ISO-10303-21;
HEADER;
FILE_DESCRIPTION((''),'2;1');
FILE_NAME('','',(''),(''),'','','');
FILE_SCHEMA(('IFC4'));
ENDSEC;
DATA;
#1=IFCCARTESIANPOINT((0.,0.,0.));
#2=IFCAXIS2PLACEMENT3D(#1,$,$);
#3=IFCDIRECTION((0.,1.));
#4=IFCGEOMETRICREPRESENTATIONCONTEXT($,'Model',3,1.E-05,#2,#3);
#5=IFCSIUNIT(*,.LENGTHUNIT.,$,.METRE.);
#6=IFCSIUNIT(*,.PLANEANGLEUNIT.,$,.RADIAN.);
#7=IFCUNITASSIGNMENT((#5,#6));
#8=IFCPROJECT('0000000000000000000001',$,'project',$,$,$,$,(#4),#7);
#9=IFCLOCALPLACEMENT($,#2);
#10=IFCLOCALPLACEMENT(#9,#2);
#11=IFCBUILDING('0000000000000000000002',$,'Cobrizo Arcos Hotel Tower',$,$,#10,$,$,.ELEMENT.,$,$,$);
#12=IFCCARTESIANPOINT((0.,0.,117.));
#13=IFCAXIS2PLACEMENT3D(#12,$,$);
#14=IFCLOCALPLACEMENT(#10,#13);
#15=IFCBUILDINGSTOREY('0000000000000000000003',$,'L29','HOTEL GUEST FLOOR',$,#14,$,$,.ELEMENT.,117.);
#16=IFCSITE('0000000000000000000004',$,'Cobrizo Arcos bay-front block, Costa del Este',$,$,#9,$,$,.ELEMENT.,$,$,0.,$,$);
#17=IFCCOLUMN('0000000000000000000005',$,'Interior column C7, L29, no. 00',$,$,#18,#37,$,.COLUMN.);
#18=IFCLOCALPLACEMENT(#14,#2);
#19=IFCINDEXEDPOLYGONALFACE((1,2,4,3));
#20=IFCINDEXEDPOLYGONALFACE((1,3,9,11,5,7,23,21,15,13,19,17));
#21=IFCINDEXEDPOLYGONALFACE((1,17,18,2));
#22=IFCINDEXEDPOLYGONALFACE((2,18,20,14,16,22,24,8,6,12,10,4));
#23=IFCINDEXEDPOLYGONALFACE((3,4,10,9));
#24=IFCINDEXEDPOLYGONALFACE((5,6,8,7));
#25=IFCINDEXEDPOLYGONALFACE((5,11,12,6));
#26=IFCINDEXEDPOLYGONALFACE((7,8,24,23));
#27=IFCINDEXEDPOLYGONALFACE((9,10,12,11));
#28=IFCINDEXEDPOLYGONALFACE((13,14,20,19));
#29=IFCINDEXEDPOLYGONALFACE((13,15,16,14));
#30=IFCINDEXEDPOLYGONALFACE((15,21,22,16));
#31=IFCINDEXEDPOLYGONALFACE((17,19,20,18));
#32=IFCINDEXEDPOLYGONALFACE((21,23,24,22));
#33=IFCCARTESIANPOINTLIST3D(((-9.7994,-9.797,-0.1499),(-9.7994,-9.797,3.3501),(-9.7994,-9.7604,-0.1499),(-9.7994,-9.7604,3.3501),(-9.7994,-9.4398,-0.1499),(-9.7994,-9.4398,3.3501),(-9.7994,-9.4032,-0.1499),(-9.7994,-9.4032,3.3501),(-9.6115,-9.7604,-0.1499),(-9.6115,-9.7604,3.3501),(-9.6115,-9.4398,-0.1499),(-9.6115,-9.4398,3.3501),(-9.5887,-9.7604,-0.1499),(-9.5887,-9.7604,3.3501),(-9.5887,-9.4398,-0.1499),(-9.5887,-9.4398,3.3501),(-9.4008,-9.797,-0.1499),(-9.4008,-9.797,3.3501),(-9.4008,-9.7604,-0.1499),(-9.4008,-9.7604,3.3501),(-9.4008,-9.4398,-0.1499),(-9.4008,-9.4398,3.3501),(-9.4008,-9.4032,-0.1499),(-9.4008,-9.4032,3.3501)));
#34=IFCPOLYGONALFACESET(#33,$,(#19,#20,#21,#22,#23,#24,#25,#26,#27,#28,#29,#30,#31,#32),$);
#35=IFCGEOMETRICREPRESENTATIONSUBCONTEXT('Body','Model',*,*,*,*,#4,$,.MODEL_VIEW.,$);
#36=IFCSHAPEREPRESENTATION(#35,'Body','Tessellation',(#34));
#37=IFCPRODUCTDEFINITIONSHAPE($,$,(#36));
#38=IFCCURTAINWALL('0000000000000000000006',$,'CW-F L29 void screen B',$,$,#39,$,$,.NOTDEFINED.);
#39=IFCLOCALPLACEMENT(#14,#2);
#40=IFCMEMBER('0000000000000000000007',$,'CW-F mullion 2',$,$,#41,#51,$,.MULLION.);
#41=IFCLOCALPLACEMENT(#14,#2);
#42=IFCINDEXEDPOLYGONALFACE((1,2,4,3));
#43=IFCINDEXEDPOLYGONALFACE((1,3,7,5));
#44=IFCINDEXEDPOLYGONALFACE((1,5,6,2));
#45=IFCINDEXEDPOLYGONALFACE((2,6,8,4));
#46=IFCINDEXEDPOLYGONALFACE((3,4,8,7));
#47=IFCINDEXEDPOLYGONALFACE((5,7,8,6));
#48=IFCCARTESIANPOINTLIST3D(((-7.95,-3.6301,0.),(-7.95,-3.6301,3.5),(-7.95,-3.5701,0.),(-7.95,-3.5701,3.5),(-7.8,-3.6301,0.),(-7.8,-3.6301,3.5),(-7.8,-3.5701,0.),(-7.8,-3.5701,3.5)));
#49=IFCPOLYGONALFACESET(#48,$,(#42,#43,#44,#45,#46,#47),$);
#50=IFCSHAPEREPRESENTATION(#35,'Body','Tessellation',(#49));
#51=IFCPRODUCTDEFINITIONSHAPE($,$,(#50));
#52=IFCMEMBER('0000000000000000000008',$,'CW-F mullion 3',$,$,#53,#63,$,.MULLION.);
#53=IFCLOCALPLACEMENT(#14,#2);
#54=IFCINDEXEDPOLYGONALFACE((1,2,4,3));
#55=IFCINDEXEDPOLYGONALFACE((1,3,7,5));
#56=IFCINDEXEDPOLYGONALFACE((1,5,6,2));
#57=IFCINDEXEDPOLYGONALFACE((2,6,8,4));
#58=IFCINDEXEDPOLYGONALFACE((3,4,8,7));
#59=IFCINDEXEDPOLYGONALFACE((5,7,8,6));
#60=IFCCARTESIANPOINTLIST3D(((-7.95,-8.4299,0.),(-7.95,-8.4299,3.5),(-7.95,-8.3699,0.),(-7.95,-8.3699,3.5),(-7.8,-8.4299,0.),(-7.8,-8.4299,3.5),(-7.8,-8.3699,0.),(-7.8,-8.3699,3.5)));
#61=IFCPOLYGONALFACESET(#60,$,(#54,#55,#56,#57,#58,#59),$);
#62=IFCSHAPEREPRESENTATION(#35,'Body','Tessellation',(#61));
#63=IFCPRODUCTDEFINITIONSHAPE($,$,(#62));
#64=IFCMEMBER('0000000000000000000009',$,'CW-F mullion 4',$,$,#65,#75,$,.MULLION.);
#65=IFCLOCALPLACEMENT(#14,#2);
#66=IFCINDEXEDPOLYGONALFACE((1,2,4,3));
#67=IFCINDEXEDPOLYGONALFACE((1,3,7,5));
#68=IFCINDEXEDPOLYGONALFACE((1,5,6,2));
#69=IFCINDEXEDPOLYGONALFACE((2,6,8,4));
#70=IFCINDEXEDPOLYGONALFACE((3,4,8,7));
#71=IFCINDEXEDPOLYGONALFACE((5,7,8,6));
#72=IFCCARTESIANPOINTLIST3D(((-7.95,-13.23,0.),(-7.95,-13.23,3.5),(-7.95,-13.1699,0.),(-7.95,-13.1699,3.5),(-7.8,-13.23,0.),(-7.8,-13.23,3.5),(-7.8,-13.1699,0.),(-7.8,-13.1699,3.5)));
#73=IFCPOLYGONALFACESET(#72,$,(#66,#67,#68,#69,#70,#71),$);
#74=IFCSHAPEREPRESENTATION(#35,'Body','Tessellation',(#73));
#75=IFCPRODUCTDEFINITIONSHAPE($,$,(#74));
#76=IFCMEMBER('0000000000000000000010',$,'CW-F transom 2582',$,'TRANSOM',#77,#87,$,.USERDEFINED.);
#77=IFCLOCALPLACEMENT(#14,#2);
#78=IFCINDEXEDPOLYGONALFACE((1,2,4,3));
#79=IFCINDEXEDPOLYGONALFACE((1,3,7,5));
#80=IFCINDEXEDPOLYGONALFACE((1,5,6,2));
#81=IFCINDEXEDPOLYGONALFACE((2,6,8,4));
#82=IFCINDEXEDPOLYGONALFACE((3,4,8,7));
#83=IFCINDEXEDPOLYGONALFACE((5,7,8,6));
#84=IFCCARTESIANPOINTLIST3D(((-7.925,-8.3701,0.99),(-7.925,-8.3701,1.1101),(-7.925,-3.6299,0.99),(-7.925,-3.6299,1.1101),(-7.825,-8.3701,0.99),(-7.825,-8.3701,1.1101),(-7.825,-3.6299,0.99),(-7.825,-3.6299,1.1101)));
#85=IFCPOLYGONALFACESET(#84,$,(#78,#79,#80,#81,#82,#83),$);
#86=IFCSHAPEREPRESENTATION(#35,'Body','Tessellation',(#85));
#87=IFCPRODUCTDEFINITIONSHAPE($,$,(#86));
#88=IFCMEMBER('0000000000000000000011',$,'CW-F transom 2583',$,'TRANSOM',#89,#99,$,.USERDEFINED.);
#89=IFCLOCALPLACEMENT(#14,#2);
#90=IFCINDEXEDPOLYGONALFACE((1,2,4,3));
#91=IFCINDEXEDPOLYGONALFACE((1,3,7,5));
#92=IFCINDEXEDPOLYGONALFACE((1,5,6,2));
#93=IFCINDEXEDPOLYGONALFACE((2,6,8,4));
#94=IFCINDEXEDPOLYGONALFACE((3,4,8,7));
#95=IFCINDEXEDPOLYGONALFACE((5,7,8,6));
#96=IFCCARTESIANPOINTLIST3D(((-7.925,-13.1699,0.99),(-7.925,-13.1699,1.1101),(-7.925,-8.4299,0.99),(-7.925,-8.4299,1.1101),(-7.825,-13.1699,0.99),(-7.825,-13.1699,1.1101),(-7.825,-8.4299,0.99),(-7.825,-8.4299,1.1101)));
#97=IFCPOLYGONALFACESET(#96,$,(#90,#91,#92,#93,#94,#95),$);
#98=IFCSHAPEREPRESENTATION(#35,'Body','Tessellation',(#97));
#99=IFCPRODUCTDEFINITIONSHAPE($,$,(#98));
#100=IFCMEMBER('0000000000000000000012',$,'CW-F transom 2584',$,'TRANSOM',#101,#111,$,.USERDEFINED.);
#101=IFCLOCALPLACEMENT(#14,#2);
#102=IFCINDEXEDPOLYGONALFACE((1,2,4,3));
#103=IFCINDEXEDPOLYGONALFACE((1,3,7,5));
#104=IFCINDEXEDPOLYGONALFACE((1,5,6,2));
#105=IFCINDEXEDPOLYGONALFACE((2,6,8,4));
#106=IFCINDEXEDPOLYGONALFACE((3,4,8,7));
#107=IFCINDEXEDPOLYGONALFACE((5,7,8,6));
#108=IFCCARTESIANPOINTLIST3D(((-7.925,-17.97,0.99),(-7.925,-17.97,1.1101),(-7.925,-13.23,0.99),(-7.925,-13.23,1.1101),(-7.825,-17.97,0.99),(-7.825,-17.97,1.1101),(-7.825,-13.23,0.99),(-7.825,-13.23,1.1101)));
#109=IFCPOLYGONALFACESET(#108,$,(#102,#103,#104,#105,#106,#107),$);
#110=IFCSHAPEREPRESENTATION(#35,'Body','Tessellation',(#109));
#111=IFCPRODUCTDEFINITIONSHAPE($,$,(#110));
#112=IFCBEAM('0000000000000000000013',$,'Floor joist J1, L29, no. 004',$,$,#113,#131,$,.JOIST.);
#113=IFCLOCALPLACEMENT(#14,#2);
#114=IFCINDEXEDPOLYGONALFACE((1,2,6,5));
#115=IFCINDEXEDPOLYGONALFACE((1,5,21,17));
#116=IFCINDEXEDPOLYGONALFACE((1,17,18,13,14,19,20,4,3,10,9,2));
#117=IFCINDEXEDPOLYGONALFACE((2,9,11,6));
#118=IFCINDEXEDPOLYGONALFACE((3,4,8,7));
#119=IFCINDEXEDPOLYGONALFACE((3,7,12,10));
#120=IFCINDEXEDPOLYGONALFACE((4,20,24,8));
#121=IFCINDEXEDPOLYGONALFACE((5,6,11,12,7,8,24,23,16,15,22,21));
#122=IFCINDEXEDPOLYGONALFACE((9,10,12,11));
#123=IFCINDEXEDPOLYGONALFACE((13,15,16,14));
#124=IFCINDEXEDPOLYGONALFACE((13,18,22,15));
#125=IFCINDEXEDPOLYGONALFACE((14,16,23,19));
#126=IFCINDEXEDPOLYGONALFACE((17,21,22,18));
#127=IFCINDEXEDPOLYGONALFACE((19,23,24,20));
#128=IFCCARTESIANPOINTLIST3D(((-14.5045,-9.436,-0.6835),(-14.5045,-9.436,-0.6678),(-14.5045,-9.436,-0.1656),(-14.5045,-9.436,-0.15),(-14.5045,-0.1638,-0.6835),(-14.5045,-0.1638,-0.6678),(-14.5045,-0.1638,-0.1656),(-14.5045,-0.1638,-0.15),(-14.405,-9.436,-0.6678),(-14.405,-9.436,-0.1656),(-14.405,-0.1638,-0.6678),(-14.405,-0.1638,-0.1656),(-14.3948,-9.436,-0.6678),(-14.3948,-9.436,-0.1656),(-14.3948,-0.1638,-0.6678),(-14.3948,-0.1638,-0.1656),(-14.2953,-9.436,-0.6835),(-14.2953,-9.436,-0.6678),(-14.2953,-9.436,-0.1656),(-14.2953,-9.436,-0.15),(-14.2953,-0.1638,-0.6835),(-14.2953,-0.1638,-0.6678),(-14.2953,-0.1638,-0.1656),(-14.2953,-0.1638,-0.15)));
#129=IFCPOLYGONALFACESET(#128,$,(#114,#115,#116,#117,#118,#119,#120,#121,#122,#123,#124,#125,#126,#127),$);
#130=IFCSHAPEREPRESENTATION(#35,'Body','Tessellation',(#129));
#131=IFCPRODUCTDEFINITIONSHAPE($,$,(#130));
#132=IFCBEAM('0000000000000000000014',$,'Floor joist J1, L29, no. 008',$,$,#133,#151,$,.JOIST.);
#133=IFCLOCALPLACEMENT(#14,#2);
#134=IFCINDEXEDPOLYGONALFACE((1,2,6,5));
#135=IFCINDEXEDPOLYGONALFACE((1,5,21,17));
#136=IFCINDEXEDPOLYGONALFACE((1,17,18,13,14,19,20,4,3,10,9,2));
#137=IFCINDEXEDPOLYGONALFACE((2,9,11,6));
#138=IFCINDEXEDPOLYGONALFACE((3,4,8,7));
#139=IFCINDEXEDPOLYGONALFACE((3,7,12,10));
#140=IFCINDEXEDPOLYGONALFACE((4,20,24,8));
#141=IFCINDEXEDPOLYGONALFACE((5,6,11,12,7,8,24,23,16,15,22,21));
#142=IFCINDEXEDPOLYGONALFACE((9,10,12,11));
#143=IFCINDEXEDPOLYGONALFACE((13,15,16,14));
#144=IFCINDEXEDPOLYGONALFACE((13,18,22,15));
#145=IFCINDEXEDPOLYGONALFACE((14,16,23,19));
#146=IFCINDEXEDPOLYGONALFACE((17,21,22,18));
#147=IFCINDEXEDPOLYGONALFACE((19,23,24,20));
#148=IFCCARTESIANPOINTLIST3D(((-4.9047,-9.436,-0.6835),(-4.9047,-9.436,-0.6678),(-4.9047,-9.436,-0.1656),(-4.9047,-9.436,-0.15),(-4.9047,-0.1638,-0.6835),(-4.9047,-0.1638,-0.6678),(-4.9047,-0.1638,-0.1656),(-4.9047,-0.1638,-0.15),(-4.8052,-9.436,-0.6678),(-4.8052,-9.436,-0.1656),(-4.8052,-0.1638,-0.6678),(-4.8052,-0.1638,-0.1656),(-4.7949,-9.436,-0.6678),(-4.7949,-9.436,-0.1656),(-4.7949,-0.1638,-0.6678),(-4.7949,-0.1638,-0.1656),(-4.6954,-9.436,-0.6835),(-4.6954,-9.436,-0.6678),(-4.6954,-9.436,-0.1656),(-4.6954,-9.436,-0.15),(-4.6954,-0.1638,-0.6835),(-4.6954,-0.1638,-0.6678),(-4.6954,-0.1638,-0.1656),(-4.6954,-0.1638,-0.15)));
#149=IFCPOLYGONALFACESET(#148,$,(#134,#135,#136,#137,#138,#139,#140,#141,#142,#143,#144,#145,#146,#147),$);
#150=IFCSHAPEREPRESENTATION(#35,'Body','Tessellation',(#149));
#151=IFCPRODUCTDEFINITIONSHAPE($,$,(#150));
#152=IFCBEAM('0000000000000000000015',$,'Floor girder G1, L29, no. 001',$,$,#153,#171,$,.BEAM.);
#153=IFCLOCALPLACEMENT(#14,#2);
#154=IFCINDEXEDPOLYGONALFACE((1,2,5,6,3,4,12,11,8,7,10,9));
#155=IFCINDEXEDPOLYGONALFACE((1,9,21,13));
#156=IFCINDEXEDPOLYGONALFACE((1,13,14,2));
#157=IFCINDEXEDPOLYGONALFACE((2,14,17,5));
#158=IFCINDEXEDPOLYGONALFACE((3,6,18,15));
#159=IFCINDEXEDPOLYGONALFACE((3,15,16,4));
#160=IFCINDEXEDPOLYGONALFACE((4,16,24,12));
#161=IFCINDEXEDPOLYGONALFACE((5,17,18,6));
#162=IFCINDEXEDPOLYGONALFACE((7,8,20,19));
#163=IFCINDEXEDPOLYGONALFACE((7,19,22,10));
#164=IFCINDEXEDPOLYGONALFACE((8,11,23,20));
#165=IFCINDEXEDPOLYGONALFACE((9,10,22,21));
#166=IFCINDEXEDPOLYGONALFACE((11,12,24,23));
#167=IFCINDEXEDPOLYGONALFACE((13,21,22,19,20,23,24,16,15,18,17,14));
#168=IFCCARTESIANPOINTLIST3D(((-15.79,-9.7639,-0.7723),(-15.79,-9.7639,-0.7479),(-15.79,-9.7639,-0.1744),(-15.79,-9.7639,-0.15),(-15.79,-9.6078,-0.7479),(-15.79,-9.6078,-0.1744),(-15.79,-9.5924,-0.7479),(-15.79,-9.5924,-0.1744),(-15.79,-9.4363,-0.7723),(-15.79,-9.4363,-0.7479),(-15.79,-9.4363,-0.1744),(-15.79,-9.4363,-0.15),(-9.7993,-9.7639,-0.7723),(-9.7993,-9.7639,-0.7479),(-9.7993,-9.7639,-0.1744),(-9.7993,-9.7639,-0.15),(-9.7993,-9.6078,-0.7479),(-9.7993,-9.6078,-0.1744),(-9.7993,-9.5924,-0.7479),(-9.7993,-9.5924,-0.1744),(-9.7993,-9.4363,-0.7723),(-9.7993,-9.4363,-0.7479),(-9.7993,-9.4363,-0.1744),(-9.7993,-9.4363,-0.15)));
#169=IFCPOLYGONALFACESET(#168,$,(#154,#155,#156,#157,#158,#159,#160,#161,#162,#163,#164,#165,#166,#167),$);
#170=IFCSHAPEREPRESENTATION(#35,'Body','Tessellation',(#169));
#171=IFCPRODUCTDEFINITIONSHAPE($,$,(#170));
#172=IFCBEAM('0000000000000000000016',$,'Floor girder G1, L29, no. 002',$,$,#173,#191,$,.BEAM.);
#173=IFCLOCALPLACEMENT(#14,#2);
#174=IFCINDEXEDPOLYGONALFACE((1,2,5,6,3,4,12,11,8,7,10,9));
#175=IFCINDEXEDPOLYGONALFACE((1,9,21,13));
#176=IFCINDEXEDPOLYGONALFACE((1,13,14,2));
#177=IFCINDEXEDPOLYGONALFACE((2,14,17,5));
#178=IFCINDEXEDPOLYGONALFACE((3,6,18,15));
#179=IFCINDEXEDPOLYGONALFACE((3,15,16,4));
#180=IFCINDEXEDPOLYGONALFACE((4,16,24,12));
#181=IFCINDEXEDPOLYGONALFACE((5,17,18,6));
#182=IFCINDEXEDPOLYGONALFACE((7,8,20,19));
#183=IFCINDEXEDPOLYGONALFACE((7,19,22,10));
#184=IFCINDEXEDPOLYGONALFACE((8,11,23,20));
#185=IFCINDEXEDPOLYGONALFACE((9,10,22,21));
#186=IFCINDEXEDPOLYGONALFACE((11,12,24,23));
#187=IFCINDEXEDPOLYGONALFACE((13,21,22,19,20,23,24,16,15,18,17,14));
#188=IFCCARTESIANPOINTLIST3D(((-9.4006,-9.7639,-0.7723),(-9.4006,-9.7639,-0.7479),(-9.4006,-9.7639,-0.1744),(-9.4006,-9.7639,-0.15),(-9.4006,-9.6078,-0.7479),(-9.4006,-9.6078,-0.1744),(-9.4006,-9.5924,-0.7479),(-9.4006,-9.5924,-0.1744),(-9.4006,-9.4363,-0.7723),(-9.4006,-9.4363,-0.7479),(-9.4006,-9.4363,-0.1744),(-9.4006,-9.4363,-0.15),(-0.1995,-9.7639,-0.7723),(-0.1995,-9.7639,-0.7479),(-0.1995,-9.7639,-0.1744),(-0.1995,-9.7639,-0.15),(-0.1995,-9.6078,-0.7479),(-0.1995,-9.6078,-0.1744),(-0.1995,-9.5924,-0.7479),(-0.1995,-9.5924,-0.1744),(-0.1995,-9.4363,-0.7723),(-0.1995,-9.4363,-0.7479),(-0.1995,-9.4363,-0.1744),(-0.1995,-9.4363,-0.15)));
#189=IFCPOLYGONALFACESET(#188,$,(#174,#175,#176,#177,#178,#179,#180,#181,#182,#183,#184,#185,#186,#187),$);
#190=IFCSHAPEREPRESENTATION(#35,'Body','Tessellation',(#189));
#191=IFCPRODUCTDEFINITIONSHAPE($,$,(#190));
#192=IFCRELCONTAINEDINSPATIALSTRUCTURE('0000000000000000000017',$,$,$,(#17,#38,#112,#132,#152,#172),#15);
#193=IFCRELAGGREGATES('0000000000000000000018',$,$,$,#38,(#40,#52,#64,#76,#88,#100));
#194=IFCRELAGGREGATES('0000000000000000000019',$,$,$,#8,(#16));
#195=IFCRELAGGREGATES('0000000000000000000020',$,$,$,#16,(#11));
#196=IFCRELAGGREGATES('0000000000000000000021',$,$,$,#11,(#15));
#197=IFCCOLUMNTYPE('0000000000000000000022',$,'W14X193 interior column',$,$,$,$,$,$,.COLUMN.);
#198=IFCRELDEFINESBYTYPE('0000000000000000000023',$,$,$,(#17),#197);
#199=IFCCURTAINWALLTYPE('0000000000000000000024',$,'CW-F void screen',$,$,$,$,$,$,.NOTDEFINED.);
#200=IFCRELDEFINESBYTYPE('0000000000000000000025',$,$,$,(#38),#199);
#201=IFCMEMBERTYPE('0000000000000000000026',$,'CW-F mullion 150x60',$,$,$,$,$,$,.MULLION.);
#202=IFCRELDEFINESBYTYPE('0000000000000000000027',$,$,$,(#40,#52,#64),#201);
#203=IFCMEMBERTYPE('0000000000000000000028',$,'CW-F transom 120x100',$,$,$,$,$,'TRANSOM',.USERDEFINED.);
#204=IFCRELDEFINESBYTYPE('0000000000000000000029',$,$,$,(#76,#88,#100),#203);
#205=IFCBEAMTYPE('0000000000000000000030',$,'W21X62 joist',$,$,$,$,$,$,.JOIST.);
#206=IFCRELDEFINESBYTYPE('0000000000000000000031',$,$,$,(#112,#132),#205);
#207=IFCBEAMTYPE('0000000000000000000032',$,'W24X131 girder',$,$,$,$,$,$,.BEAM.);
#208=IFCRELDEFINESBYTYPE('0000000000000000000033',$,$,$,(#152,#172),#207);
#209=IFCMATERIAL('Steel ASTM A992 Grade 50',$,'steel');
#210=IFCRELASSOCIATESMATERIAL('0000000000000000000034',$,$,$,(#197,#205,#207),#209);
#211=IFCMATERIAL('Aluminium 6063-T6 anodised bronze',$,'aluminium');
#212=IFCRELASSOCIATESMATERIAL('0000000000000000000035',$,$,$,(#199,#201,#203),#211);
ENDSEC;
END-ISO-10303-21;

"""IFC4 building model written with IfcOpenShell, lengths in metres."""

from ifc_helpers import new_model, si_unit, direction, frame, origin, origin_2d, place, context, subcontext, project, spatial, rectangle, i_section, extrude, material, material_profile, profile_set, type_object, element, aggregate, save


model = new_model("IFC4")

# Units and contexts
model_context = context("Model", 3, precision=1e-05, world=origin(), true_north=direction((0.0, 1.0)))
body_context = subcontext(model_context, "Body", "Model", "MODEL_VIEW")
ifc_project = project(units=[si_unit("LENGTHUNIT", "METRE"), si_unit("PLANEANGLEUNIT", "RADIAN")], contexts=[model_context])

# Site, building, storey
site_placement = place(None, origin())
site = spatial("IfcSite", under=ifc_project, at=site_placement, Name="Cobrizo Arcos bay-front block, Costa del Este", CompositionType="ELEMENT", RefElevation=0.0)
building_placement = place(site_placement, origin())
building = spatial("IfcBuilding", under=site, at=building_placement, Name="Cobrizo Arcos Hotel Tower", CompositionType="ELEMENT")
storey_placement = place(building_placement, frame((0.0, 0.0, 117.0)))
storey = spatial("IfcBuildingStorey", under=building, at=storey_placement, Name="L29", Description="HOTEL GUEST FLOOR", CompositionType="ELEMENT", Elevation=117.0)

# Column
ifc_material_1 = material(Name="Steel ASTM A992 Grade 50", Category="steel")
ifc_material_profile_1 = material_profile(ifc_material_1, i_section(OverallWidth=0.3987, OverallDepth=0.3938, WebThickness=0.0227, FlangeThickness=0.0366, at=origin_2d()), Name="W14X193")
ifc_profile_set_1 = profile_set([ifc_material_profile_1], Name="Steel ASTM A992 Grade 50")
column_type = type_object("IfcColumnType", Name="W14X193 interior column", PredefinedType="COLUMN", material=ifc_profile_set_1)
column_placement = place(storey_placement, frame((-9.6001, -9.6001, -0.1499), z_axis=(0.0, 0.0, 1.0), x_axis=(1.0, 0.0, 0.0)))
element("IfcColumn", 1, at=column_placement, inside=storey, type_object=column_type, Name="Interior column C7, L29, no. 00", PredefinedType="COLUMN", context=body_context, shape_type="SweptSolid", body=[
    extrude(i_section(OverallWidth=0.3987, OverallDepth=0.3938, WebThickness=0.0227, FlangeThickness=0.0366, at=origin_2d()), origin(), (0.0, 0.0, 1.0), 3.5),
])

# Curtain wall, members
ifc_material_2 = material(Name="Aluminium 6063-T6 anodised bronze", Category="aluminium")
curtain_wall_type = type_object("IfcCurtainWallType", Name="CW-F void screen", PredefinedType="NOTDEFINED", material=ifc_material_2)
curtain_wall_placement = place(storey_placement, origin())
curtain_wall = element("IfcCurtainWall", 2, at=curtain_wall_placement, inside=storey, type_object=curtain_wall_type, Name="CW-F L29 void screen B", PredefinedType="NOTDEFINED")
ifc_material_profile_2 = material_profile(ifc_material_2, rectangle(XDim=0.1499, YDim=0.0601, at=origin_2d()), Name="CW-F mullion 150x60")
ifc_profile_set_2 = profile_set([ifc_material_profile_2], Name="Aluminium 6063-T6 anodised bronze")
member_type_1 = type_object("IfcMemberType", Name="CW-F mullion 150x60", PredefinedType="MULLION", material=ifc_profile_set_2)
member_1_placement = place(storey_placement, frame((-7.875, -3.6001, 0.0), z_axis=(0.0, 0.0, 1.0), x_axis=(-1.0, 0.0, 0.0)))
member_1 = element("IfcMember", 3, at=member_1_placement, type_object=member_type_1, Name="CW-F mullion 2", PredefinedType="MULLION", context=body_context, shape_type="SweptSolid", body=[
    extrude(rectangle(XDim=0.1499, YDim=0.0601, at=origin_2d()), origin(), (0.0, 0.0, 1.0), 3.5),
])
member_2_placement = place(storey_placement, frame((-7.875, -8.3999, 0.0), z_axis=(0.0, 0.0, 1.0), x_axis=(-1.0, 0.0, 0.0)))
member_2 = element("IfcMember", 4, at=member_2_placement, type_object=member_type_1, Name="CW-F mullion 3", PredefinedType="MULLION", context=body_context, shape_type="SweptSolid", body=[
    extrude(rectangle(XDim=0.1499, YDim=0.0601, at=origin_2d()), origin(), (0.0, 0.0, 1.0), 3.5),
])
member_3_placement = place(storey_placement, frame((-7.875, -13.2, 0.0), z_axis=(0.0, 0.0, 1.0), x_axis=(-1.0, 0.0, 0.0)))
member_3 = element("IfcMember", 5, at=member_3_placement, type_object=member_type_1, Name="CW-F mullion 4", PredefinedType="MULLION", context=body_context, shape_type="SweptSolid", body=[
    extrude(rectangle(XDim=0.1499, YDim=0.0601, at=origin_2d()), origin(), (0.0, 0.0, 1.0), 3.5),
])
ifc_material_profile_3 = material_profile(ifc_material_2, rectangle(XDim=0.1001, YDim=0.1201, at=origin_2d()), Name="CW-F transom 120x100")
ifc_profile_set_3 = profile_set([ifc_material_profile_3], Name="Aluminium 6063-T6 anodised bronze")
member_type_2 = type_object("IfcMemberType", Name="CW-F transom 120x100", ElementType="TRANSOM", PredefinedType="USERDEFINED", material=ifc_profile_set_3)
member_4_placement = place(storey_placement, frame((-7.875, -3.6299, 1.05), z_axis=(0.0, -1.0, 0.0), x_axis=(1.0, 0.0, 0.0)))
member_4 = element("IfcMember", 6, at=member_4_placement, type_object=member_type_2, Name="CW-F transom 2582", ObjectType="TRANSOM", PredefinedType="USERDEFINED", context=body_context, shape_type="SweptSolid", body=[
    extrude(rectangle(XDim=0.1001, YDim=0.1201, at=origin_2d()), origin(), (0.0, 0.0, 1.0), 4.7402),
])
member_5_placement = place(storey_placement, frame((-7.875, -8.4299, 1.05), z_axis=(0.0, -1.0, 0.0), x_axis=(1.0, 0.0, 0.0)))
member_5 = element("IfcMember", 7, at=member_5_placement, type_object=member_type_2, Name="CW-F transom 2583", ObjectType="TRANSOM", PredefinedType="USERDEFINED", context=body_context, shape_type="SweptSolid", body=[
    extrude(rectangle(XDim=0.1001, YDim=0.1201, at=origin_2d()), origin(), (0.0, 0.0, 1.0), 4.74),
])
member_6_placement = place(storey_placement, frame((-7.875, -13.23, 1.05), z_axis=(0.0, -1.0, 0.0), x_axis=(1.0, 0.0, 0.0)))
member_6 = element("IfcMember", 8, at=member_6_placement, type_object=member_type_2, Name="CW-F transom 2584", ObjectType="TRANSOM", PredefinedType="USERDEFINED", context=body_context, shape_type="SweptSolid", body=[
    extrude(rectangle(XDim=0.1001, YDim=0.1201, at=origin_2d()), origin(), (0.0, 0.0, 1.0), 4.74),
])

# Beams
ifc_material_profile_4 = material_profile(ifc_material_1, i_section(OverallWidth=0.2092, OverallDepth=0.5334, WebThickness=0.0103, FlangeThickness=0.0156, at=origin_2d()), Name="W21X62")
ifc_profile_set_4 = profile_set([ifc_material_profile_4], Name="Steel ASTM A992 Grade 50")
beam_type_1 = type_object("IfcBeamType", Name="W21X62 joist", PredefinedType="JOIST", material=ifc_profile_set_4)
for number, where, z_axis, x_axis, name in (
    (9, (-14.3999, -9.436, -0.4167), (0.0, 1.0, 0.0), (-1.0, 0.0, 0.0), "Floor joist J1, L29, no. 004"),
    (10, (-4.8, -9.436, -0.4167), (0.0, 1.0, 0.0), (-1.0, 0.0, 0.0), "Floor joist J1, L29, no. 008"),
):
    element("IfcBeam", number, at=place(storey_placement, frame(where, z_axis=z_axis, x_axis=x_axis)), inside=storey, type_object=beam_type_1, Name=name, PredefinedType="JOIST", context=body_context, shape_type="SweptSolid", body=[
        extrude(i_section(OverallWidth=0.2092, OverallDepth=0.5334, WebThickness=0.0103, FlangeThickness=0.0156, at=origin_2d()), origin(), (0.0, 0.0, 1.0), 9.2722),
    ])
ifc_material_profile_5 = material_profile(ifc_material_1, i_section(OverallWidth=0.3276, OverallDepth=0.6223, WebThickness=0.0154, FlangeThickness=0.0244, at=origin_2d()), Name="W24X131")
ifc_profile_set_5 = profile_set([ifc_material_profile_5], Name="Steel ASTM A992 Grade 50")
beam_type_2 = type_object("IfcBeamType", Name="W24X131 girder", PredefinedType="BEAM", material=ifc_profile_set_5)
beam_1_placement = place(storey_placement, frame((-15.79, -9.6001, -0.4612), z_axis=(1.0, 0.0, 0.0), x_axis=(0.0, 1.0, 0.0)))
element("IfcBeam", 11, at=beam_1_placement, inside=storey, type_object=beam_type_2, Name="Floor girder G1, L29, no. 001", PredefinedType="BEAM", context=body_context, shape_type="SweptSolid", body=[
    extrude(i_section(OverallWidth=0.3276, OverallDepth=0.6223, WebThickness=0.0154, FlangeThickness=0.0244, at=origin_2d()), origin(), (0.0, 0.0, 1.0), 5.9907),
])
beam_2_placement = place(storey_placement, frame((-9.4006, -9.6001, -0.4612), z_axis=(1.0, 0.0, 0.0), x_axis=(0.0, 1.0, 0.0)))
element("IfcBeam", 12, at=beam_2_placement, inside=storey, type_object=beam_type_2, Name="Floor girder G1, L29, no. 002", PredefinedType="BEAM", context=body_context, shape_type="SweptSolid", body=[
    extrude(i_section(OverallWidth=0.3276, OverallDepth=0.6223, WebThickness=0.0154, FlangeThickness=0.0244, at=origin_2d()), origin(), (0.0, 0.0, 1.0), 9.2012),
])

aggregate(curtain_wall, [member_1, member_2, member_3, member_4, member_5, member_6])

save(model, "model.ifc")
